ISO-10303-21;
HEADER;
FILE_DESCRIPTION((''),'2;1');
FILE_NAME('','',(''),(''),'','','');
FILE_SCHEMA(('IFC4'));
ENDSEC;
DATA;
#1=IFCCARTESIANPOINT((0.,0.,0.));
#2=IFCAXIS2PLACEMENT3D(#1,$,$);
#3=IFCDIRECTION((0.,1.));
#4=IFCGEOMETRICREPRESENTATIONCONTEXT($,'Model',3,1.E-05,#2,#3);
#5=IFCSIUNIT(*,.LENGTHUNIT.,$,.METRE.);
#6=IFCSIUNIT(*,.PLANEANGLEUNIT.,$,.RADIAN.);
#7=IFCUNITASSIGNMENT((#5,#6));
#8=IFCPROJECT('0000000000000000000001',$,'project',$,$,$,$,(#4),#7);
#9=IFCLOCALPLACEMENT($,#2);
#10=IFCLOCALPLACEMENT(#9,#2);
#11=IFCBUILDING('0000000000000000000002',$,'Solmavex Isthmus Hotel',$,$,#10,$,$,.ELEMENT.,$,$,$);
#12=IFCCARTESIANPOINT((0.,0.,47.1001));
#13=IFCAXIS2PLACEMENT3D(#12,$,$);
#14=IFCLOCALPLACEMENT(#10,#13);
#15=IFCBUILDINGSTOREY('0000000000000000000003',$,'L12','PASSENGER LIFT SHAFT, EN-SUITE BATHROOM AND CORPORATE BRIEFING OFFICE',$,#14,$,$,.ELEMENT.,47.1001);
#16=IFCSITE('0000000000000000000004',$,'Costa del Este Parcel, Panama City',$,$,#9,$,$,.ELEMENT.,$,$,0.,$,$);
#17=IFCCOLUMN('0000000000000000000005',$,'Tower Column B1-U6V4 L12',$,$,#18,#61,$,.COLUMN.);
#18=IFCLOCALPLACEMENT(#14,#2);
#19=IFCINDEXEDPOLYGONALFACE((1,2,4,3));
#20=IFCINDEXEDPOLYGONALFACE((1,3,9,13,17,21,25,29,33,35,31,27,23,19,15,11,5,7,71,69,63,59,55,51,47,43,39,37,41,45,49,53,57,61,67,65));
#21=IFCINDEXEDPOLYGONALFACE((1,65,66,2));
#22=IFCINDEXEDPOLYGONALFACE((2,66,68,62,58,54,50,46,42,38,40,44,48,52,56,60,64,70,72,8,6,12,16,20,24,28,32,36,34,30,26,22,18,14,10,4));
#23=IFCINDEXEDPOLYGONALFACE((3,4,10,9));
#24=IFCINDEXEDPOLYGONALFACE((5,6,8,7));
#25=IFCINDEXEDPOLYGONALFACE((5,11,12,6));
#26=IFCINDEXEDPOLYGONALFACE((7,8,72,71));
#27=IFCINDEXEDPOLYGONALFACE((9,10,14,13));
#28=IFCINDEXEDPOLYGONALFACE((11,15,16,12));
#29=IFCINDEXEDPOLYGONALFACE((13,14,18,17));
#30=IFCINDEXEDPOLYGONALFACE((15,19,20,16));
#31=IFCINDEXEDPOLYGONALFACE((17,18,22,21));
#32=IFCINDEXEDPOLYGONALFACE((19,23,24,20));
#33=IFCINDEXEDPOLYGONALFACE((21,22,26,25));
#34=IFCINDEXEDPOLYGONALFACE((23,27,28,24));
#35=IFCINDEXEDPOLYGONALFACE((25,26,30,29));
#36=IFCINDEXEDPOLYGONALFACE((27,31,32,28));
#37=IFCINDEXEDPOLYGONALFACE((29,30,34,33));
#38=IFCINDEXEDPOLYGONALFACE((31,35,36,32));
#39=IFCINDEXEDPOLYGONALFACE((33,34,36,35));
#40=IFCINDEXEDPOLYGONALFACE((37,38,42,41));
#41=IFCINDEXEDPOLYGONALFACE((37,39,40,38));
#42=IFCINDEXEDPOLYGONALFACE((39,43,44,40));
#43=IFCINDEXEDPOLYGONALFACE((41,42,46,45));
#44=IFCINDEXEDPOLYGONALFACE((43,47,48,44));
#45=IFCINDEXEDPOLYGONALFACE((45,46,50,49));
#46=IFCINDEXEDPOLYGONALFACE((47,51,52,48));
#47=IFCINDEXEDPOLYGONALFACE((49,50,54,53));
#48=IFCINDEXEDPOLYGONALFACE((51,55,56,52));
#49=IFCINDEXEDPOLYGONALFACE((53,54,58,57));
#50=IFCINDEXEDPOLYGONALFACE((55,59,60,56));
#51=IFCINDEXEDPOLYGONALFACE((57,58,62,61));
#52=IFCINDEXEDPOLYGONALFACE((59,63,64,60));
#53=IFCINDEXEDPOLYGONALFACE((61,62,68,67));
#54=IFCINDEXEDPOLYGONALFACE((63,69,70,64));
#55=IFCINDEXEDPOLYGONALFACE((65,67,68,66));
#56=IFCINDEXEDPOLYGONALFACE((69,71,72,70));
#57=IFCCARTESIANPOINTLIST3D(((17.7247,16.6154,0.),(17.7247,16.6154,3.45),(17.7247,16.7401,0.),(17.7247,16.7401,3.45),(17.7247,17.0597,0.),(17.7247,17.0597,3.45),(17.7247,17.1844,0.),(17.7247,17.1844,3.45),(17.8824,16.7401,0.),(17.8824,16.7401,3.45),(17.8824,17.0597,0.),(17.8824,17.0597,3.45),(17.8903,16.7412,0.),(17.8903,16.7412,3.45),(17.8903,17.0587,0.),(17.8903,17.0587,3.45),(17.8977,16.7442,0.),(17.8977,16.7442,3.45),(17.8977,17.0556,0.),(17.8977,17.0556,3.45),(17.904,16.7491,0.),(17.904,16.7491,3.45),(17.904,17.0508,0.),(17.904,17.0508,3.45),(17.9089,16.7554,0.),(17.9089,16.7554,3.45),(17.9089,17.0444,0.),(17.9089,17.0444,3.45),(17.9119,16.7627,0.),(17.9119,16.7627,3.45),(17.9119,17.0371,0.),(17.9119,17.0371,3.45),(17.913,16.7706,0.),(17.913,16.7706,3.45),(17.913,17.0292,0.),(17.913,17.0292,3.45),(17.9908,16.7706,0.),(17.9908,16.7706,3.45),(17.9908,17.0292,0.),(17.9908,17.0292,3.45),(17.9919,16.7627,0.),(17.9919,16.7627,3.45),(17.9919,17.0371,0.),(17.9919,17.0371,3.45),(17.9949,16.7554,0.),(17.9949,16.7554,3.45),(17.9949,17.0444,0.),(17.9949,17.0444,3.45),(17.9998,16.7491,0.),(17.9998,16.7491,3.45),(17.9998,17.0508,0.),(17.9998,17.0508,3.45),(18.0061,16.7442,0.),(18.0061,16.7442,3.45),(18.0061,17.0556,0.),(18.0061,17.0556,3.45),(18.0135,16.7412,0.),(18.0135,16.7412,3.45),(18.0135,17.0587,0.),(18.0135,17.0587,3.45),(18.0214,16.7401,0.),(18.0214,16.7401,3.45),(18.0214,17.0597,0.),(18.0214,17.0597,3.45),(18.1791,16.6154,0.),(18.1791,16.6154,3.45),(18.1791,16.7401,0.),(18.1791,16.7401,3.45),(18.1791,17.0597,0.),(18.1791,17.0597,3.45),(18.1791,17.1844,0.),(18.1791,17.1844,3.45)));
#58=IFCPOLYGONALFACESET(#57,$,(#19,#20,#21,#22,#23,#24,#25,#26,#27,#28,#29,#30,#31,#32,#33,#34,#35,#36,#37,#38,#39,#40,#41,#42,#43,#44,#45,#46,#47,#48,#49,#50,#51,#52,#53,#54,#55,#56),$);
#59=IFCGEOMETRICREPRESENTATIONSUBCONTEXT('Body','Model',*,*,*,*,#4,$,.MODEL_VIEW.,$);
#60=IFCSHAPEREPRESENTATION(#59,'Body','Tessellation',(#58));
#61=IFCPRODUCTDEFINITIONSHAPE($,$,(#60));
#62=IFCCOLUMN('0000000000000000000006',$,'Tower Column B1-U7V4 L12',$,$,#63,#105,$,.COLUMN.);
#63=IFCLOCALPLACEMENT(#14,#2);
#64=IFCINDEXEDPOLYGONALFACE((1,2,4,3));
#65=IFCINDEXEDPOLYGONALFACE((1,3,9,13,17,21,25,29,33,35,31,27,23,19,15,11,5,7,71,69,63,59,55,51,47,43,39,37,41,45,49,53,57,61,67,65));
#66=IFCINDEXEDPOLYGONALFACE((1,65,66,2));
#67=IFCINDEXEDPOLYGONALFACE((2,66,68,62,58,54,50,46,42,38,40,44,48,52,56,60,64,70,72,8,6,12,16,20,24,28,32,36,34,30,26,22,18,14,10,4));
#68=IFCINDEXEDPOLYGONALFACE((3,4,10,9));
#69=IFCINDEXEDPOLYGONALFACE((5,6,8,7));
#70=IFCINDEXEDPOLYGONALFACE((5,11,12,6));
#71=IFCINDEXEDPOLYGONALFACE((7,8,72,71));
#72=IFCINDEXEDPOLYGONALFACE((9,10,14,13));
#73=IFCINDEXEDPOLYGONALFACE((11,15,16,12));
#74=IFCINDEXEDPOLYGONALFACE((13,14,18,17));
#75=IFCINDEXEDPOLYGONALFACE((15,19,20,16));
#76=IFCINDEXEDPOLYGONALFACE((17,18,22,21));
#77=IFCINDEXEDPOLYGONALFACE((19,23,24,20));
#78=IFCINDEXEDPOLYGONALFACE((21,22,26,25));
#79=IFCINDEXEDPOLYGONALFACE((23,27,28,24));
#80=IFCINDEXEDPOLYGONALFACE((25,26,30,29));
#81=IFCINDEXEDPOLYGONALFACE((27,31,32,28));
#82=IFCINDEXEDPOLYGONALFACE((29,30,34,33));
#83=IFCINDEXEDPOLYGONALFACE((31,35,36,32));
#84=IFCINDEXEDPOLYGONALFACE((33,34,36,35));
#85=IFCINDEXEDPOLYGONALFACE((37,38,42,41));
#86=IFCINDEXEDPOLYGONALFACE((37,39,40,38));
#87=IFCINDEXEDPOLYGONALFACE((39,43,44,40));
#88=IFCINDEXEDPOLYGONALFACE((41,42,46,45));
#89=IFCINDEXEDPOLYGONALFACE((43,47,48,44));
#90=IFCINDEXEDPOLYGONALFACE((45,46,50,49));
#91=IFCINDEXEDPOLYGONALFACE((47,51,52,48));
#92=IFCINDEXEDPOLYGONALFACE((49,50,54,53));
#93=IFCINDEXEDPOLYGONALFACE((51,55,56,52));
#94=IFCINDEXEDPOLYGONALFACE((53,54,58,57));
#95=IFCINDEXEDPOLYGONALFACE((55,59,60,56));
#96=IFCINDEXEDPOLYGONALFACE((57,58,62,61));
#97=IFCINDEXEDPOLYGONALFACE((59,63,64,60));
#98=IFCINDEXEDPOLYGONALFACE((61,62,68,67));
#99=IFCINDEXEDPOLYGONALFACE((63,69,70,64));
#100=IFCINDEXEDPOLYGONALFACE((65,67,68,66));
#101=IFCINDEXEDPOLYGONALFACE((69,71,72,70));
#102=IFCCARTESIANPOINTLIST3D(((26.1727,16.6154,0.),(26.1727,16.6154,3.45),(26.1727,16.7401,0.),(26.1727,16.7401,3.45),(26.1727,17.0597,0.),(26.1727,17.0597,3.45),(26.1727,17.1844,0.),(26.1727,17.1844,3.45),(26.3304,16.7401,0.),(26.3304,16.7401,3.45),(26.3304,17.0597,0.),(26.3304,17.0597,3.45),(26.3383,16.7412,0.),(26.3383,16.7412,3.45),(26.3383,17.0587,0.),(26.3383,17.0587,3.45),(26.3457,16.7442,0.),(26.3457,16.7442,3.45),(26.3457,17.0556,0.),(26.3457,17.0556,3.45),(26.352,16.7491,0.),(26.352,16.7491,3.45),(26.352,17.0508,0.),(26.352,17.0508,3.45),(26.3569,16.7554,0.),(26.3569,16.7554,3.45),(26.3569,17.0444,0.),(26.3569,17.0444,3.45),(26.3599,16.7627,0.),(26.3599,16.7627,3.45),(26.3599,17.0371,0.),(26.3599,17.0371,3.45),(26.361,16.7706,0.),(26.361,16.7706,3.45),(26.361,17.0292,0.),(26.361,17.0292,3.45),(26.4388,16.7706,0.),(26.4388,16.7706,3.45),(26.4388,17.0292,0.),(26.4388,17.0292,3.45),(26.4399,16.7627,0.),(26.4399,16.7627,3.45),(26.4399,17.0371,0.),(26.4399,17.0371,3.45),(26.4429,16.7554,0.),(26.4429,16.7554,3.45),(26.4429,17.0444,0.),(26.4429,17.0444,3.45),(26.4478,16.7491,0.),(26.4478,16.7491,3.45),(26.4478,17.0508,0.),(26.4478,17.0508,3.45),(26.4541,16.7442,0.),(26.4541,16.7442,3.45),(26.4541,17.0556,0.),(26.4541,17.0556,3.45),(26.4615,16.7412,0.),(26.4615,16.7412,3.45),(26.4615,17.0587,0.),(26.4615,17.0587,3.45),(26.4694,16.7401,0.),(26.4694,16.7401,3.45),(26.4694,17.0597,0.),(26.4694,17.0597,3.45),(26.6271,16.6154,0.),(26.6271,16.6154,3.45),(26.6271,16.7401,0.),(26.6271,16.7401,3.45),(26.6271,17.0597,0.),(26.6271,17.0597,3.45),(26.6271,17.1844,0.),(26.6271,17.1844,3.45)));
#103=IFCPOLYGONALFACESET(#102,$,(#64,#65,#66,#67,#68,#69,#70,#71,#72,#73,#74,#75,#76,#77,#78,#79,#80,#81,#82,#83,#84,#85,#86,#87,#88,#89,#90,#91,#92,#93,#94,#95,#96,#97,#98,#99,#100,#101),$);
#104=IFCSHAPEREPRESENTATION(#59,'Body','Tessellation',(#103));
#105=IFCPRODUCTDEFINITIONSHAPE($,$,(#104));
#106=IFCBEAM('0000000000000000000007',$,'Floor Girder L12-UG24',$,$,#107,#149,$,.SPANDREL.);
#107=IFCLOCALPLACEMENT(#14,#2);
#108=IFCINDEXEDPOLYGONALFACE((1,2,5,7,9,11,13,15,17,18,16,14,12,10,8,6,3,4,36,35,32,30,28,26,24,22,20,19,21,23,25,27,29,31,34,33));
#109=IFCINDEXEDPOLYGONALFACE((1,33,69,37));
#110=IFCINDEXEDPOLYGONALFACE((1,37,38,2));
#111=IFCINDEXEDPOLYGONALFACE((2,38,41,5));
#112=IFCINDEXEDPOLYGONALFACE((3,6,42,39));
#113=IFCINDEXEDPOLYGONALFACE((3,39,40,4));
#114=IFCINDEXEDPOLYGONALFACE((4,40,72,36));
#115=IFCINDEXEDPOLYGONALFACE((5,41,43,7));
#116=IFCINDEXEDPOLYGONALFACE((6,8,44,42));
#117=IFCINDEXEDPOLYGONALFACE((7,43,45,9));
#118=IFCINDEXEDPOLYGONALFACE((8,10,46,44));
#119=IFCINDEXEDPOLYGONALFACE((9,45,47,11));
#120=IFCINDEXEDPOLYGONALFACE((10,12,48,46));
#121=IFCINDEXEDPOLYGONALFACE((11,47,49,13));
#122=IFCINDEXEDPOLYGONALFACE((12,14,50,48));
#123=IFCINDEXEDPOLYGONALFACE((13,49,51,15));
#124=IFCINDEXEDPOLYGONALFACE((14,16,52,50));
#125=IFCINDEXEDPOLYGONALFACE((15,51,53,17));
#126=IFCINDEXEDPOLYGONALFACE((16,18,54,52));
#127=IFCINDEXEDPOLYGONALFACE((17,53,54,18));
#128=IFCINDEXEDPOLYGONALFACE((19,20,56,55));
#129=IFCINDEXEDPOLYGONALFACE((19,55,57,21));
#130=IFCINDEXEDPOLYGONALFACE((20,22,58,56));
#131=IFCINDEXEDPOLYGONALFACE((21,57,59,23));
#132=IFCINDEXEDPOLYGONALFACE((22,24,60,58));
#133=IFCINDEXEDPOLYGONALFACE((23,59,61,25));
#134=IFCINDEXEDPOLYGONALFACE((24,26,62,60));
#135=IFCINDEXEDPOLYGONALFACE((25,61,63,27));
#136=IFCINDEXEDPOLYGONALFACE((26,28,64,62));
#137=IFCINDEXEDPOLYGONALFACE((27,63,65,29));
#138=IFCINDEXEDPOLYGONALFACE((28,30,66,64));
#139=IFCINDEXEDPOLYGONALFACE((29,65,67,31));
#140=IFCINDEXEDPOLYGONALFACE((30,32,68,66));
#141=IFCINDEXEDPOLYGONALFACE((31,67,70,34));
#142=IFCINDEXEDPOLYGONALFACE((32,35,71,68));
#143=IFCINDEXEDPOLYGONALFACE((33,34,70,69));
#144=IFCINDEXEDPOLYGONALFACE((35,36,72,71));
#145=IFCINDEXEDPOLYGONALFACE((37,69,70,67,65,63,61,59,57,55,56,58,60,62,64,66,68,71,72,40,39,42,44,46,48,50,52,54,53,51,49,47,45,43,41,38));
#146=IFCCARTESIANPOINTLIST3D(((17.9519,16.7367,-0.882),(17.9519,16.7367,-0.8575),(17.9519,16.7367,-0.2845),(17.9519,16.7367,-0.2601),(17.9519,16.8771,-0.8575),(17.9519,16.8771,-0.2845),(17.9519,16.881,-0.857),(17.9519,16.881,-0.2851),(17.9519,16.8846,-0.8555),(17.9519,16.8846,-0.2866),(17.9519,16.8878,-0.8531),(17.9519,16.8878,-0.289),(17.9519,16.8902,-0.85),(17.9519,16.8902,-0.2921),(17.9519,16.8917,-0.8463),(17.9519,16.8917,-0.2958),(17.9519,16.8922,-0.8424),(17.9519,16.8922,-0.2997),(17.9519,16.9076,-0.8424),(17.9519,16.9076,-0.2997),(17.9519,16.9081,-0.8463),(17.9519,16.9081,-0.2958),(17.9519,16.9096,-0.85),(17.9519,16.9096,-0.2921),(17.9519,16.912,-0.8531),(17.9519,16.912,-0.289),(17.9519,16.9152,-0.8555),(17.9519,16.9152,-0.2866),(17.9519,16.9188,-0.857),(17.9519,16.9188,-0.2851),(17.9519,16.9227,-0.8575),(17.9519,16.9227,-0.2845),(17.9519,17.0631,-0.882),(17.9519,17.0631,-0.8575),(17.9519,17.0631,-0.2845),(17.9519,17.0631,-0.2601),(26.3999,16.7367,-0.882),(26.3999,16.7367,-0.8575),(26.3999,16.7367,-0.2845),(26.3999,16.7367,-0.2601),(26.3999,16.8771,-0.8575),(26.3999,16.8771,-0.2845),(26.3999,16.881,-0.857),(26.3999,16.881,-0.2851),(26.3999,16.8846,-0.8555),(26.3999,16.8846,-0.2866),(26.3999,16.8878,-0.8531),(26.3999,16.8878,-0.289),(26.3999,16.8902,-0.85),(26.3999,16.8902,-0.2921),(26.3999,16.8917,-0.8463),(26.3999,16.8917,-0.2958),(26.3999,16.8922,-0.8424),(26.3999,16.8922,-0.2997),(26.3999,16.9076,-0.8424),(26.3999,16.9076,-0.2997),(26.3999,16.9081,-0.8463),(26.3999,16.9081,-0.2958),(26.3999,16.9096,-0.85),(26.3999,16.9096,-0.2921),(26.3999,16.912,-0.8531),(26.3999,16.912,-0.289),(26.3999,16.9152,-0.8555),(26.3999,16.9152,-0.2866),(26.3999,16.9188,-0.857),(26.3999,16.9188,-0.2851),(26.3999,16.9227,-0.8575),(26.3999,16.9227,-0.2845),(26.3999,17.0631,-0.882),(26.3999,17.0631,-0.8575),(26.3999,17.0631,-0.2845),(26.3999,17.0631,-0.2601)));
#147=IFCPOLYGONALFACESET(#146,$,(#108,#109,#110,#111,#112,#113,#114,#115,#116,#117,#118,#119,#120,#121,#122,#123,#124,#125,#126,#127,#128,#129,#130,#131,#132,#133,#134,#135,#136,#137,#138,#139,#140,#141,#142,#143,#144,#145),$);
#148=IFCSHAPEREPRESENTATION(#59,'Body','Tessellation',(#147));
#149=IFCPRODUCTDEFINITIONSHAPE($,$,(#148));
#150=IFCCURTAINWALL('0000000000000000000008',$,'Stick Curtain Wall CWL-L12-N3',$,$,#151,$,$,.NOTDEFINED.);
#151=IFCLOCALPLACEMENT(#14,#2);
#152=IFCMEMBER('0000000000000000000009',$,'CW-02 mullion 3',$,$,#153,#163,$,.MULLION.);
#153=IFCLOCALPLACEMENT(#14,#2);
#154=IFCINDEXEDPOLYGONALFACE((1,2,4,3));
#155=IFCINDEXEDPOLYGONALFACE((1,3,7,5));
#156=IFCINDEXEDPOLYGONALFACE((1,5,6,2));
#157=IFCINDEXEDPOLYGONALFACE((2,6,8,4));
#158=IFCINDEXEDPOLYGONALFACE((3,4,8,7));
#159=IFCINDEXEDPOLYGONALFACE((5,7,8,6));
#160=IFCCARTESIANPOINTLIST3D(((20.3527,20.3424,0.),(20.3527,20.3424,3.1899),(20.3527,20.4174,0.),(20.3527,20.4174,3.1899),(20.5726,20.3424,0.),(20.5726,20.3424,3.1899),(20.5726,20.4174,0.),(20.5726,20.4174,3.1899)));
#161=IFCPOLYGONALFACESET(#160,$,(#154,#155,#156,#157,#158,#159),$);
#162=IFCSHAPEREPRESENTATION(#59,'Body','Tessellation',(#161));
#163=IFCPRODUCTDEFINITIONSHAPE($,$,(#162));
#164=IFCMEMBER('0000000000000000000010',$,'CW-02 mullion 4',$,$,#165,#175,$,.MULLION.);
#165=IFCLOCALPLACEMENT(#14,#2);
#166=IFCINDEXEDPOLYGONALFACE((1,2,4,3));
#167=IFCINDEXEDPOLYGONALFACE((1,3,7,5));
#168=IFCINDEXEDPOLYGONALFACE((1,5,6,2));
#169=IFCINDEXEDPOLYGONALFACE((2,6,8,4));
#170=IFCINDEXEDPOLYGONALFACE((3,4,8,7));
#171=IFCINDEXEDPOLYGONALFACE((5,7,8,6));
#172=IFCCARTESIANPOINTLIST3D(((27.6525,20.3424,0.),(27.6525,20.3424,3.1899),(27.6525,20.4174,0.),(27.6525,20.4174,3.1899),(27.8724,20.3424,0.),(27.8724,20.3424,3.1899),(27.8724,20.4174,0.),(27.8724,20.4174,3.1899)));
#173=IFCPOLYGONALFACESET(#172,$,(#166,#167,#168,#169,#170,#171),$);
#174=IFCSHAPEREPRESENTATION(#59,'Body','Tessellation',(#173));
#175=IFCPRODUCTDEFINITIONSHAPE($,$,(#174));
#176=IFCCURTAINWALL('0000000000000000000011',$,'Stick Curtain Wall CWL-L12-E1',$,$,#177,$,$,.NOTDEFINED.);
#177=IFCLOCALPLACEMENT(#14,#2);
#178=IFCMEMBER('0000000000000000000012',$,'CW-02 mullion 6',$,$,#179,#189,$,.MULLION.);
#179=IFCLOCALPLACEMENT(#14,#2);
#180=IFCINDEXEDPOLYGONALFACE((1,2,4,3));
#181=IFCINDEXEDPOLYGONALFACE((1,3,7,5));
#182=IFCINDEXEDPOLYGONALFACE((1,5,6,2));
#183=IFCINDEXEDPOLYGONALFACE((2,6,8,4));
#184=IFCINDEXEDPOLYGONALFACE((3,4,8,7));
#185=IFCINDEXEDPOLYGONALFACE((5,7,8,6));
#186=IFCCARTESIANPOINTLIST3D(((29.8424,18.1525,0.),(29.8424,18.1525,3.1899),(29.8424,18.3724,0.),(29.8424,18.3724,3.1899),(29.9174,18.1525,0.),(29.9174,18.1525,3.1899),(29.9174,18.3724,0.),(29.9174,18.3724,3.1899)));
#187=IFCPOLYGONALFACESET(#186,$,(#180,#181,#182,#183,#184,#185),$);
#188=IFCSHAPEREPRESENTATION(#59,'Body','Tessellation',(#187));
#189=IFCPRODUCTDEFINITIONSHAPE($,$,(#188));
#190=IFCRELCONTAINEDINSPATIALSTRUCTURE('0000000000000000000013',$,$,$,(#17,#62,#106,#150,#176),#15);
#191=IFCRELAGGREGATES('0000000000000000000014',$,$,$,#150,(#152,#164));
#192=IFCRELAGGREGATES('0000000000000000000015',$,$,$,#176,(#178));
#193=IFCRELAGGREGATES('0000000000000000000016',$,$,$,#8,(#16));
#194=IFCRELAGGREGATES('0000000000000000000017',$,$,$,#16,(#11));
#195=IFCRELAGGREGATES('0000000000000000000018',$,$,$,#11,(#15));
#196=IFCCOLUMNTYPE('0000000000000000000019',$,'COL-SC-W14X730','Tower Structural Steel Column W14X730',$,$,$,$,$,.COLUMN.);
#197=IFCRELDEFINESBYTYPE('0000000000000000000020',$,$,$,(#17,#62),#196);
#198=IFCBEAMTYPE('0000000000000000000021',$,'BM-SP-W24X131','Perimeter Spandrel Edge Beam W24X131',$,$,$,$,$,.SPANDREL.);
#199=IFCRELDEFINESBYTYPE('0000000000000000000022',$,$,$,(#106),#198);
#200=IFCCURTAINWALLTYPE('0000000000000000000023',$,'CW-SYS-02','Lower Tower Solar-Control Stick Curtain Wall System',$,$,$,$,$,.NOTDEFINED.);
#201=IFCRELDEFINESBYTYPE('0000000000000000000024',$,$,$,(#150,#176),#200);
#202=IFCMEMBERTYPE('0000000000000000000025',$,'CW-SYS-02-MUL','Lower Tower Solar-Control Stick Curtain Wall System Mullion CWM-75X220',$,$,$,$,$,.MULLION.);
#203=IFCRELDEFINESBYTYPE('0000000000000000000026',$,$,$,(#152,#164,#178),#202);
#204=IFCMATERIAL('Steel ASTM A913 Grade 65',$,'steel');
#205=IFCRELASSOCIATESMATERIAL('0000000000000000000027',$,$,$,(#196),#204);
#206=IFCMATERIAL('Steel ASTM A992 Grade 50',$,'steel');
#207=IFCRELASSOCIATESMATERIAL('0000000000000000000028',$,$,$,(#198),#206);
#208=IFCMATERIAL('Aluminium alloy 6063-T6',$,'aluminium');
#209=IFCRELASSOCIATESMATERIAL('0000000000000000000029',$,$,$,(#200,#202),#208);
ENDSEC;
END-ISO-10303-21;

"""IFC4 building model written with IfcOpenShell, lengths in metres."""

from ifc_helpers import new_model, si_unit, direction, frame, origin, origin_2d, place, context, subcontext, project, spatial, rectangle, i_section, extrude, material, material_profile, profile_set, type_object, element, aggregate, save


model = new_model("IFC4")

# Units and contexts
model_context = context("Model", 3, precision=1e-05, world=origin(), true_north=direction((0.0, 1.0)))
body_context = subcontext(model_context, "Body", "Model", "MODEL_VIEW")
ifc_project = project(units=[si_unit("LENGTHUNIT", "METRE"), si_unit("PLANEANGLEUNIT", "RADIAN")], contexts=[model_context])

# Site, building, storey
site_placement = place(None, origin())
site = spatial("IfcSite", under=ifc_project, at=site_placement, Name="Costa del Este Parcel, Panama City", CompositionType="ELEMENT", RefElevation=0.0)
building_placement = place(site_placement, origin())
building = spatial("IfcBuilding", under=site, at=building_placement, Name="Solmavex Isthmus Hotel", CompositionType="ELEMENT")
storey_placement = place(building_placement, frame((0.0, 0.0, 47.1001)))
storey = spatial("IfcBuildingStorey", under=building, at=storey_placement, Name="L12", Description="PASSENGER LIFT SHAFT, EN-SUITE BATHROOM AND CORPORATE BRIEFING OFFICE", CompositionType="ELEMENT", Elevation=47.1001)

# Columns
ifc_material_1 = material(Name="Steel ASTM A913 Grade 65", Category="steel")
ifc_material_profile_1 = material_profile(ifc_material_1, i_section(OverallWidth=0.4543, OverallDepth=0.5691, WebThickness=0.0779, FlangeThickness=0.1248, FilletRadius=0.0305, at=origin_2d()), Name="W14X730")
ifc_profile_set_1 = profile_set([ifc_material_profile_1], Name="Steel ASTM A913 Grade 65")
column_type = type_object("IfcColumnType", Name="COL-SC-W14X730", Description="Tower Structural Steel Column W14X730", PredefinedType="COLUMN", material=ifc_profile_set_1)
for number, where, z_axis, x_axis, name in (
    (1, (17.9519, 16.8999, 0.0), (0.0, 0.0, 1.0), (1.0, 0.0, 0.0), "Tower Column B1-U6V4 L12"),
    (2, (26.3999, 16.8999, 0.0), (0.0, 0.0, 1.0), (1.0, 0.0, 0.0), "Tower Column B1-U7V4 L12"),
):
    element("IfcColumn", number, at=place(storey_placement, frame(where, z_axis=z_axis, x_axis=x_axis)), inside=storey, type_object=column_type, Name=name, PredefinedType="COLUMN", context=body_context, shape_type="SweptSolid", body=[
        extrude(i_section(OverallWidth=0.4543, OverallDepth=0.5691, WebThickness=0.0779, FlangeThickness=0.1248, FilletRadius=0.0305, at=origin_2d()), origin(), (0.0, 0.0, 1.0), 3.45),
    ])

# Beam
ifc_material_2 = material(Name="Steel ASTM A992 Grade 50", Category="steel")
ifc_material_profile_2 = material_profile(ifc_material_2, i_section(OverallWidth=0.3264, OverallDepth=0.6218, WebThickness=0.0154, FlangeThickness=0.0244, FilletRadius=0.0151, at=origin_2d()), Name="W24X131")
ifc_profile_set_2 = profile_set([ifc_material_profile_2], Name="Steel ASTM A992 Grade 50")
beam_type = type_object("IfcBeamType", Name="BM-SP-W24X131", Description="Perimeter Spandrel Edge Beam W24X131", PredefinedType="SPANDREL", material=ifc_profile_set_2)
beam_placement = place(storey_placement, frame((17.9519, 16.8999, -0.571), z_axis=(1.0, 0.0, 0.0), x_axis=(0.0, 1.0, 0.0)))
element("IfcBeam", 3, at=beam_placement, inside=storey, type_object=beam_type, Name="Floor Girder L12-UG24", PredefinedType="SPANDREL", context=body_context, shape_type="SweptSolid", body=[
    extrude(i_section(OverallWidth=0.3264, OverallDepth=0.6218, WebThickness=0.0154, FlangeThickness=0.0244, FilletRadius=0.0151, at=origin_2d()), origin(), (0.0, 0.0, 1.0), 8.448),
])

# Curtain wall, members
ifc_material_3 = material(Name="Aluminium alloy 6063-T6", Category="aluminium")
curtain_wall_type = type_object("IfcCurtainWallType", Name="CW-SYS-02", Description="Lower Tower Solar-Control Stick Curtain Wall System", PredefinedType="NOTDEFINED", material=ifc_material_3)
curtain_wall_1_placement = place(storey_placement, origin())
curtain_wall_1 = element("IfcCurtainWall", 4, at=curtain_wall_1_placement, inside=storey, type_object=curtain_wall_type, Name="Stick Curtain Wall CWL-L12-N3", PredefinedType="NOTDEFINED")
ifc_material_profile_3 = material_profile(ifc_material_3, rectangle(XDim=0.075, YDim=0.22, at=origin_2d()), Name="CWM-75X220")
ifc_profile_set_3 = profile_set([ifc_material_profile_3], Name="Aluminium alloy 6063-T6")
member_type_1 = type_object("IfcMemberType", Name="CW-SYS-02-MUL", Description="Lower Tower Solar-Control Stick Curtain Wall System Mullion CWM-75X220", PredefinedType="MULLION", material=ifc_profile_set_3)
member_1_placement = place(storey_placement, frame((20.4626, 20.3799, 0.0), z_axis=(0.0, 0.0, 1.0), x_axis=(0.0, 1.0, 0.0)))
member_1 = element("IfcMember", 5, at=member_1_placement, type_object=member_type_1, Name="CW-02 mullion 3", PredefinedType="MULLION", context=body_context, shape_type="SweptSolid", body=[
    extrude(rectangle(XDim=0.075, YDim=0.22, at=origin_2d()), origin(), (0.0, 0.0, 1.0), 3.1899),
])
member_2_placement = place(storey_placement, frame((27.7625, 20.3799, 0.0), z_axis=(0.0, 0.0, 1.0), x_axis=(0.0, 1.0, 0.0)))
member_2 = element("IfcMember", 6, at=member_2_placement, type_object=member_type_1, Name="CW-02 mullion 4", PredefinedType="MULLION", context=body_context, shape_type="SweptSolid", body=[
    extrude(rectangle(XDim=0.075, YDim=0.22, at=origin_2d()), origin(), (0.0, 0.0, 1.0), 3.1899),
])

# Curtain wall, member
curtain_wall_2_placement = place(storey_placement, origin())
curtain_wall_2 = element("IfcCurtainWall", 7, at=curtain_wall_2_placement, inside=storey, type_object=curtain_wall_type, Name="Stick Curtain Wall CWL-L12-E1", PredefinedType="NOTDEFINED")
member_3_placement = place(storey_placement, frame((29.8799, 18.2625, 0.0), z_axis=(0.0, 0.0, 1.0), x_axis=(-1.0, 0.0, 0.0)))
member_3 = element("IfcMember", 8, at=member_3_placement, type_object=member_type_1, Name="CW-02 mullion 6", PredefinedType="MULLION", context=body_context, shape_type="SweptSolid", body=[
    extrude(rectangle(XDim=0.075, YDim=0.22, at=origin_2d()), origin(), (0.0, 0.0, 1.0), 3.1899),
])

aggregate(curtain_wall_1, [member_1, member_2])
aggregate(curtain_wall_2, [member_3])

save(model, "model.ifc")
